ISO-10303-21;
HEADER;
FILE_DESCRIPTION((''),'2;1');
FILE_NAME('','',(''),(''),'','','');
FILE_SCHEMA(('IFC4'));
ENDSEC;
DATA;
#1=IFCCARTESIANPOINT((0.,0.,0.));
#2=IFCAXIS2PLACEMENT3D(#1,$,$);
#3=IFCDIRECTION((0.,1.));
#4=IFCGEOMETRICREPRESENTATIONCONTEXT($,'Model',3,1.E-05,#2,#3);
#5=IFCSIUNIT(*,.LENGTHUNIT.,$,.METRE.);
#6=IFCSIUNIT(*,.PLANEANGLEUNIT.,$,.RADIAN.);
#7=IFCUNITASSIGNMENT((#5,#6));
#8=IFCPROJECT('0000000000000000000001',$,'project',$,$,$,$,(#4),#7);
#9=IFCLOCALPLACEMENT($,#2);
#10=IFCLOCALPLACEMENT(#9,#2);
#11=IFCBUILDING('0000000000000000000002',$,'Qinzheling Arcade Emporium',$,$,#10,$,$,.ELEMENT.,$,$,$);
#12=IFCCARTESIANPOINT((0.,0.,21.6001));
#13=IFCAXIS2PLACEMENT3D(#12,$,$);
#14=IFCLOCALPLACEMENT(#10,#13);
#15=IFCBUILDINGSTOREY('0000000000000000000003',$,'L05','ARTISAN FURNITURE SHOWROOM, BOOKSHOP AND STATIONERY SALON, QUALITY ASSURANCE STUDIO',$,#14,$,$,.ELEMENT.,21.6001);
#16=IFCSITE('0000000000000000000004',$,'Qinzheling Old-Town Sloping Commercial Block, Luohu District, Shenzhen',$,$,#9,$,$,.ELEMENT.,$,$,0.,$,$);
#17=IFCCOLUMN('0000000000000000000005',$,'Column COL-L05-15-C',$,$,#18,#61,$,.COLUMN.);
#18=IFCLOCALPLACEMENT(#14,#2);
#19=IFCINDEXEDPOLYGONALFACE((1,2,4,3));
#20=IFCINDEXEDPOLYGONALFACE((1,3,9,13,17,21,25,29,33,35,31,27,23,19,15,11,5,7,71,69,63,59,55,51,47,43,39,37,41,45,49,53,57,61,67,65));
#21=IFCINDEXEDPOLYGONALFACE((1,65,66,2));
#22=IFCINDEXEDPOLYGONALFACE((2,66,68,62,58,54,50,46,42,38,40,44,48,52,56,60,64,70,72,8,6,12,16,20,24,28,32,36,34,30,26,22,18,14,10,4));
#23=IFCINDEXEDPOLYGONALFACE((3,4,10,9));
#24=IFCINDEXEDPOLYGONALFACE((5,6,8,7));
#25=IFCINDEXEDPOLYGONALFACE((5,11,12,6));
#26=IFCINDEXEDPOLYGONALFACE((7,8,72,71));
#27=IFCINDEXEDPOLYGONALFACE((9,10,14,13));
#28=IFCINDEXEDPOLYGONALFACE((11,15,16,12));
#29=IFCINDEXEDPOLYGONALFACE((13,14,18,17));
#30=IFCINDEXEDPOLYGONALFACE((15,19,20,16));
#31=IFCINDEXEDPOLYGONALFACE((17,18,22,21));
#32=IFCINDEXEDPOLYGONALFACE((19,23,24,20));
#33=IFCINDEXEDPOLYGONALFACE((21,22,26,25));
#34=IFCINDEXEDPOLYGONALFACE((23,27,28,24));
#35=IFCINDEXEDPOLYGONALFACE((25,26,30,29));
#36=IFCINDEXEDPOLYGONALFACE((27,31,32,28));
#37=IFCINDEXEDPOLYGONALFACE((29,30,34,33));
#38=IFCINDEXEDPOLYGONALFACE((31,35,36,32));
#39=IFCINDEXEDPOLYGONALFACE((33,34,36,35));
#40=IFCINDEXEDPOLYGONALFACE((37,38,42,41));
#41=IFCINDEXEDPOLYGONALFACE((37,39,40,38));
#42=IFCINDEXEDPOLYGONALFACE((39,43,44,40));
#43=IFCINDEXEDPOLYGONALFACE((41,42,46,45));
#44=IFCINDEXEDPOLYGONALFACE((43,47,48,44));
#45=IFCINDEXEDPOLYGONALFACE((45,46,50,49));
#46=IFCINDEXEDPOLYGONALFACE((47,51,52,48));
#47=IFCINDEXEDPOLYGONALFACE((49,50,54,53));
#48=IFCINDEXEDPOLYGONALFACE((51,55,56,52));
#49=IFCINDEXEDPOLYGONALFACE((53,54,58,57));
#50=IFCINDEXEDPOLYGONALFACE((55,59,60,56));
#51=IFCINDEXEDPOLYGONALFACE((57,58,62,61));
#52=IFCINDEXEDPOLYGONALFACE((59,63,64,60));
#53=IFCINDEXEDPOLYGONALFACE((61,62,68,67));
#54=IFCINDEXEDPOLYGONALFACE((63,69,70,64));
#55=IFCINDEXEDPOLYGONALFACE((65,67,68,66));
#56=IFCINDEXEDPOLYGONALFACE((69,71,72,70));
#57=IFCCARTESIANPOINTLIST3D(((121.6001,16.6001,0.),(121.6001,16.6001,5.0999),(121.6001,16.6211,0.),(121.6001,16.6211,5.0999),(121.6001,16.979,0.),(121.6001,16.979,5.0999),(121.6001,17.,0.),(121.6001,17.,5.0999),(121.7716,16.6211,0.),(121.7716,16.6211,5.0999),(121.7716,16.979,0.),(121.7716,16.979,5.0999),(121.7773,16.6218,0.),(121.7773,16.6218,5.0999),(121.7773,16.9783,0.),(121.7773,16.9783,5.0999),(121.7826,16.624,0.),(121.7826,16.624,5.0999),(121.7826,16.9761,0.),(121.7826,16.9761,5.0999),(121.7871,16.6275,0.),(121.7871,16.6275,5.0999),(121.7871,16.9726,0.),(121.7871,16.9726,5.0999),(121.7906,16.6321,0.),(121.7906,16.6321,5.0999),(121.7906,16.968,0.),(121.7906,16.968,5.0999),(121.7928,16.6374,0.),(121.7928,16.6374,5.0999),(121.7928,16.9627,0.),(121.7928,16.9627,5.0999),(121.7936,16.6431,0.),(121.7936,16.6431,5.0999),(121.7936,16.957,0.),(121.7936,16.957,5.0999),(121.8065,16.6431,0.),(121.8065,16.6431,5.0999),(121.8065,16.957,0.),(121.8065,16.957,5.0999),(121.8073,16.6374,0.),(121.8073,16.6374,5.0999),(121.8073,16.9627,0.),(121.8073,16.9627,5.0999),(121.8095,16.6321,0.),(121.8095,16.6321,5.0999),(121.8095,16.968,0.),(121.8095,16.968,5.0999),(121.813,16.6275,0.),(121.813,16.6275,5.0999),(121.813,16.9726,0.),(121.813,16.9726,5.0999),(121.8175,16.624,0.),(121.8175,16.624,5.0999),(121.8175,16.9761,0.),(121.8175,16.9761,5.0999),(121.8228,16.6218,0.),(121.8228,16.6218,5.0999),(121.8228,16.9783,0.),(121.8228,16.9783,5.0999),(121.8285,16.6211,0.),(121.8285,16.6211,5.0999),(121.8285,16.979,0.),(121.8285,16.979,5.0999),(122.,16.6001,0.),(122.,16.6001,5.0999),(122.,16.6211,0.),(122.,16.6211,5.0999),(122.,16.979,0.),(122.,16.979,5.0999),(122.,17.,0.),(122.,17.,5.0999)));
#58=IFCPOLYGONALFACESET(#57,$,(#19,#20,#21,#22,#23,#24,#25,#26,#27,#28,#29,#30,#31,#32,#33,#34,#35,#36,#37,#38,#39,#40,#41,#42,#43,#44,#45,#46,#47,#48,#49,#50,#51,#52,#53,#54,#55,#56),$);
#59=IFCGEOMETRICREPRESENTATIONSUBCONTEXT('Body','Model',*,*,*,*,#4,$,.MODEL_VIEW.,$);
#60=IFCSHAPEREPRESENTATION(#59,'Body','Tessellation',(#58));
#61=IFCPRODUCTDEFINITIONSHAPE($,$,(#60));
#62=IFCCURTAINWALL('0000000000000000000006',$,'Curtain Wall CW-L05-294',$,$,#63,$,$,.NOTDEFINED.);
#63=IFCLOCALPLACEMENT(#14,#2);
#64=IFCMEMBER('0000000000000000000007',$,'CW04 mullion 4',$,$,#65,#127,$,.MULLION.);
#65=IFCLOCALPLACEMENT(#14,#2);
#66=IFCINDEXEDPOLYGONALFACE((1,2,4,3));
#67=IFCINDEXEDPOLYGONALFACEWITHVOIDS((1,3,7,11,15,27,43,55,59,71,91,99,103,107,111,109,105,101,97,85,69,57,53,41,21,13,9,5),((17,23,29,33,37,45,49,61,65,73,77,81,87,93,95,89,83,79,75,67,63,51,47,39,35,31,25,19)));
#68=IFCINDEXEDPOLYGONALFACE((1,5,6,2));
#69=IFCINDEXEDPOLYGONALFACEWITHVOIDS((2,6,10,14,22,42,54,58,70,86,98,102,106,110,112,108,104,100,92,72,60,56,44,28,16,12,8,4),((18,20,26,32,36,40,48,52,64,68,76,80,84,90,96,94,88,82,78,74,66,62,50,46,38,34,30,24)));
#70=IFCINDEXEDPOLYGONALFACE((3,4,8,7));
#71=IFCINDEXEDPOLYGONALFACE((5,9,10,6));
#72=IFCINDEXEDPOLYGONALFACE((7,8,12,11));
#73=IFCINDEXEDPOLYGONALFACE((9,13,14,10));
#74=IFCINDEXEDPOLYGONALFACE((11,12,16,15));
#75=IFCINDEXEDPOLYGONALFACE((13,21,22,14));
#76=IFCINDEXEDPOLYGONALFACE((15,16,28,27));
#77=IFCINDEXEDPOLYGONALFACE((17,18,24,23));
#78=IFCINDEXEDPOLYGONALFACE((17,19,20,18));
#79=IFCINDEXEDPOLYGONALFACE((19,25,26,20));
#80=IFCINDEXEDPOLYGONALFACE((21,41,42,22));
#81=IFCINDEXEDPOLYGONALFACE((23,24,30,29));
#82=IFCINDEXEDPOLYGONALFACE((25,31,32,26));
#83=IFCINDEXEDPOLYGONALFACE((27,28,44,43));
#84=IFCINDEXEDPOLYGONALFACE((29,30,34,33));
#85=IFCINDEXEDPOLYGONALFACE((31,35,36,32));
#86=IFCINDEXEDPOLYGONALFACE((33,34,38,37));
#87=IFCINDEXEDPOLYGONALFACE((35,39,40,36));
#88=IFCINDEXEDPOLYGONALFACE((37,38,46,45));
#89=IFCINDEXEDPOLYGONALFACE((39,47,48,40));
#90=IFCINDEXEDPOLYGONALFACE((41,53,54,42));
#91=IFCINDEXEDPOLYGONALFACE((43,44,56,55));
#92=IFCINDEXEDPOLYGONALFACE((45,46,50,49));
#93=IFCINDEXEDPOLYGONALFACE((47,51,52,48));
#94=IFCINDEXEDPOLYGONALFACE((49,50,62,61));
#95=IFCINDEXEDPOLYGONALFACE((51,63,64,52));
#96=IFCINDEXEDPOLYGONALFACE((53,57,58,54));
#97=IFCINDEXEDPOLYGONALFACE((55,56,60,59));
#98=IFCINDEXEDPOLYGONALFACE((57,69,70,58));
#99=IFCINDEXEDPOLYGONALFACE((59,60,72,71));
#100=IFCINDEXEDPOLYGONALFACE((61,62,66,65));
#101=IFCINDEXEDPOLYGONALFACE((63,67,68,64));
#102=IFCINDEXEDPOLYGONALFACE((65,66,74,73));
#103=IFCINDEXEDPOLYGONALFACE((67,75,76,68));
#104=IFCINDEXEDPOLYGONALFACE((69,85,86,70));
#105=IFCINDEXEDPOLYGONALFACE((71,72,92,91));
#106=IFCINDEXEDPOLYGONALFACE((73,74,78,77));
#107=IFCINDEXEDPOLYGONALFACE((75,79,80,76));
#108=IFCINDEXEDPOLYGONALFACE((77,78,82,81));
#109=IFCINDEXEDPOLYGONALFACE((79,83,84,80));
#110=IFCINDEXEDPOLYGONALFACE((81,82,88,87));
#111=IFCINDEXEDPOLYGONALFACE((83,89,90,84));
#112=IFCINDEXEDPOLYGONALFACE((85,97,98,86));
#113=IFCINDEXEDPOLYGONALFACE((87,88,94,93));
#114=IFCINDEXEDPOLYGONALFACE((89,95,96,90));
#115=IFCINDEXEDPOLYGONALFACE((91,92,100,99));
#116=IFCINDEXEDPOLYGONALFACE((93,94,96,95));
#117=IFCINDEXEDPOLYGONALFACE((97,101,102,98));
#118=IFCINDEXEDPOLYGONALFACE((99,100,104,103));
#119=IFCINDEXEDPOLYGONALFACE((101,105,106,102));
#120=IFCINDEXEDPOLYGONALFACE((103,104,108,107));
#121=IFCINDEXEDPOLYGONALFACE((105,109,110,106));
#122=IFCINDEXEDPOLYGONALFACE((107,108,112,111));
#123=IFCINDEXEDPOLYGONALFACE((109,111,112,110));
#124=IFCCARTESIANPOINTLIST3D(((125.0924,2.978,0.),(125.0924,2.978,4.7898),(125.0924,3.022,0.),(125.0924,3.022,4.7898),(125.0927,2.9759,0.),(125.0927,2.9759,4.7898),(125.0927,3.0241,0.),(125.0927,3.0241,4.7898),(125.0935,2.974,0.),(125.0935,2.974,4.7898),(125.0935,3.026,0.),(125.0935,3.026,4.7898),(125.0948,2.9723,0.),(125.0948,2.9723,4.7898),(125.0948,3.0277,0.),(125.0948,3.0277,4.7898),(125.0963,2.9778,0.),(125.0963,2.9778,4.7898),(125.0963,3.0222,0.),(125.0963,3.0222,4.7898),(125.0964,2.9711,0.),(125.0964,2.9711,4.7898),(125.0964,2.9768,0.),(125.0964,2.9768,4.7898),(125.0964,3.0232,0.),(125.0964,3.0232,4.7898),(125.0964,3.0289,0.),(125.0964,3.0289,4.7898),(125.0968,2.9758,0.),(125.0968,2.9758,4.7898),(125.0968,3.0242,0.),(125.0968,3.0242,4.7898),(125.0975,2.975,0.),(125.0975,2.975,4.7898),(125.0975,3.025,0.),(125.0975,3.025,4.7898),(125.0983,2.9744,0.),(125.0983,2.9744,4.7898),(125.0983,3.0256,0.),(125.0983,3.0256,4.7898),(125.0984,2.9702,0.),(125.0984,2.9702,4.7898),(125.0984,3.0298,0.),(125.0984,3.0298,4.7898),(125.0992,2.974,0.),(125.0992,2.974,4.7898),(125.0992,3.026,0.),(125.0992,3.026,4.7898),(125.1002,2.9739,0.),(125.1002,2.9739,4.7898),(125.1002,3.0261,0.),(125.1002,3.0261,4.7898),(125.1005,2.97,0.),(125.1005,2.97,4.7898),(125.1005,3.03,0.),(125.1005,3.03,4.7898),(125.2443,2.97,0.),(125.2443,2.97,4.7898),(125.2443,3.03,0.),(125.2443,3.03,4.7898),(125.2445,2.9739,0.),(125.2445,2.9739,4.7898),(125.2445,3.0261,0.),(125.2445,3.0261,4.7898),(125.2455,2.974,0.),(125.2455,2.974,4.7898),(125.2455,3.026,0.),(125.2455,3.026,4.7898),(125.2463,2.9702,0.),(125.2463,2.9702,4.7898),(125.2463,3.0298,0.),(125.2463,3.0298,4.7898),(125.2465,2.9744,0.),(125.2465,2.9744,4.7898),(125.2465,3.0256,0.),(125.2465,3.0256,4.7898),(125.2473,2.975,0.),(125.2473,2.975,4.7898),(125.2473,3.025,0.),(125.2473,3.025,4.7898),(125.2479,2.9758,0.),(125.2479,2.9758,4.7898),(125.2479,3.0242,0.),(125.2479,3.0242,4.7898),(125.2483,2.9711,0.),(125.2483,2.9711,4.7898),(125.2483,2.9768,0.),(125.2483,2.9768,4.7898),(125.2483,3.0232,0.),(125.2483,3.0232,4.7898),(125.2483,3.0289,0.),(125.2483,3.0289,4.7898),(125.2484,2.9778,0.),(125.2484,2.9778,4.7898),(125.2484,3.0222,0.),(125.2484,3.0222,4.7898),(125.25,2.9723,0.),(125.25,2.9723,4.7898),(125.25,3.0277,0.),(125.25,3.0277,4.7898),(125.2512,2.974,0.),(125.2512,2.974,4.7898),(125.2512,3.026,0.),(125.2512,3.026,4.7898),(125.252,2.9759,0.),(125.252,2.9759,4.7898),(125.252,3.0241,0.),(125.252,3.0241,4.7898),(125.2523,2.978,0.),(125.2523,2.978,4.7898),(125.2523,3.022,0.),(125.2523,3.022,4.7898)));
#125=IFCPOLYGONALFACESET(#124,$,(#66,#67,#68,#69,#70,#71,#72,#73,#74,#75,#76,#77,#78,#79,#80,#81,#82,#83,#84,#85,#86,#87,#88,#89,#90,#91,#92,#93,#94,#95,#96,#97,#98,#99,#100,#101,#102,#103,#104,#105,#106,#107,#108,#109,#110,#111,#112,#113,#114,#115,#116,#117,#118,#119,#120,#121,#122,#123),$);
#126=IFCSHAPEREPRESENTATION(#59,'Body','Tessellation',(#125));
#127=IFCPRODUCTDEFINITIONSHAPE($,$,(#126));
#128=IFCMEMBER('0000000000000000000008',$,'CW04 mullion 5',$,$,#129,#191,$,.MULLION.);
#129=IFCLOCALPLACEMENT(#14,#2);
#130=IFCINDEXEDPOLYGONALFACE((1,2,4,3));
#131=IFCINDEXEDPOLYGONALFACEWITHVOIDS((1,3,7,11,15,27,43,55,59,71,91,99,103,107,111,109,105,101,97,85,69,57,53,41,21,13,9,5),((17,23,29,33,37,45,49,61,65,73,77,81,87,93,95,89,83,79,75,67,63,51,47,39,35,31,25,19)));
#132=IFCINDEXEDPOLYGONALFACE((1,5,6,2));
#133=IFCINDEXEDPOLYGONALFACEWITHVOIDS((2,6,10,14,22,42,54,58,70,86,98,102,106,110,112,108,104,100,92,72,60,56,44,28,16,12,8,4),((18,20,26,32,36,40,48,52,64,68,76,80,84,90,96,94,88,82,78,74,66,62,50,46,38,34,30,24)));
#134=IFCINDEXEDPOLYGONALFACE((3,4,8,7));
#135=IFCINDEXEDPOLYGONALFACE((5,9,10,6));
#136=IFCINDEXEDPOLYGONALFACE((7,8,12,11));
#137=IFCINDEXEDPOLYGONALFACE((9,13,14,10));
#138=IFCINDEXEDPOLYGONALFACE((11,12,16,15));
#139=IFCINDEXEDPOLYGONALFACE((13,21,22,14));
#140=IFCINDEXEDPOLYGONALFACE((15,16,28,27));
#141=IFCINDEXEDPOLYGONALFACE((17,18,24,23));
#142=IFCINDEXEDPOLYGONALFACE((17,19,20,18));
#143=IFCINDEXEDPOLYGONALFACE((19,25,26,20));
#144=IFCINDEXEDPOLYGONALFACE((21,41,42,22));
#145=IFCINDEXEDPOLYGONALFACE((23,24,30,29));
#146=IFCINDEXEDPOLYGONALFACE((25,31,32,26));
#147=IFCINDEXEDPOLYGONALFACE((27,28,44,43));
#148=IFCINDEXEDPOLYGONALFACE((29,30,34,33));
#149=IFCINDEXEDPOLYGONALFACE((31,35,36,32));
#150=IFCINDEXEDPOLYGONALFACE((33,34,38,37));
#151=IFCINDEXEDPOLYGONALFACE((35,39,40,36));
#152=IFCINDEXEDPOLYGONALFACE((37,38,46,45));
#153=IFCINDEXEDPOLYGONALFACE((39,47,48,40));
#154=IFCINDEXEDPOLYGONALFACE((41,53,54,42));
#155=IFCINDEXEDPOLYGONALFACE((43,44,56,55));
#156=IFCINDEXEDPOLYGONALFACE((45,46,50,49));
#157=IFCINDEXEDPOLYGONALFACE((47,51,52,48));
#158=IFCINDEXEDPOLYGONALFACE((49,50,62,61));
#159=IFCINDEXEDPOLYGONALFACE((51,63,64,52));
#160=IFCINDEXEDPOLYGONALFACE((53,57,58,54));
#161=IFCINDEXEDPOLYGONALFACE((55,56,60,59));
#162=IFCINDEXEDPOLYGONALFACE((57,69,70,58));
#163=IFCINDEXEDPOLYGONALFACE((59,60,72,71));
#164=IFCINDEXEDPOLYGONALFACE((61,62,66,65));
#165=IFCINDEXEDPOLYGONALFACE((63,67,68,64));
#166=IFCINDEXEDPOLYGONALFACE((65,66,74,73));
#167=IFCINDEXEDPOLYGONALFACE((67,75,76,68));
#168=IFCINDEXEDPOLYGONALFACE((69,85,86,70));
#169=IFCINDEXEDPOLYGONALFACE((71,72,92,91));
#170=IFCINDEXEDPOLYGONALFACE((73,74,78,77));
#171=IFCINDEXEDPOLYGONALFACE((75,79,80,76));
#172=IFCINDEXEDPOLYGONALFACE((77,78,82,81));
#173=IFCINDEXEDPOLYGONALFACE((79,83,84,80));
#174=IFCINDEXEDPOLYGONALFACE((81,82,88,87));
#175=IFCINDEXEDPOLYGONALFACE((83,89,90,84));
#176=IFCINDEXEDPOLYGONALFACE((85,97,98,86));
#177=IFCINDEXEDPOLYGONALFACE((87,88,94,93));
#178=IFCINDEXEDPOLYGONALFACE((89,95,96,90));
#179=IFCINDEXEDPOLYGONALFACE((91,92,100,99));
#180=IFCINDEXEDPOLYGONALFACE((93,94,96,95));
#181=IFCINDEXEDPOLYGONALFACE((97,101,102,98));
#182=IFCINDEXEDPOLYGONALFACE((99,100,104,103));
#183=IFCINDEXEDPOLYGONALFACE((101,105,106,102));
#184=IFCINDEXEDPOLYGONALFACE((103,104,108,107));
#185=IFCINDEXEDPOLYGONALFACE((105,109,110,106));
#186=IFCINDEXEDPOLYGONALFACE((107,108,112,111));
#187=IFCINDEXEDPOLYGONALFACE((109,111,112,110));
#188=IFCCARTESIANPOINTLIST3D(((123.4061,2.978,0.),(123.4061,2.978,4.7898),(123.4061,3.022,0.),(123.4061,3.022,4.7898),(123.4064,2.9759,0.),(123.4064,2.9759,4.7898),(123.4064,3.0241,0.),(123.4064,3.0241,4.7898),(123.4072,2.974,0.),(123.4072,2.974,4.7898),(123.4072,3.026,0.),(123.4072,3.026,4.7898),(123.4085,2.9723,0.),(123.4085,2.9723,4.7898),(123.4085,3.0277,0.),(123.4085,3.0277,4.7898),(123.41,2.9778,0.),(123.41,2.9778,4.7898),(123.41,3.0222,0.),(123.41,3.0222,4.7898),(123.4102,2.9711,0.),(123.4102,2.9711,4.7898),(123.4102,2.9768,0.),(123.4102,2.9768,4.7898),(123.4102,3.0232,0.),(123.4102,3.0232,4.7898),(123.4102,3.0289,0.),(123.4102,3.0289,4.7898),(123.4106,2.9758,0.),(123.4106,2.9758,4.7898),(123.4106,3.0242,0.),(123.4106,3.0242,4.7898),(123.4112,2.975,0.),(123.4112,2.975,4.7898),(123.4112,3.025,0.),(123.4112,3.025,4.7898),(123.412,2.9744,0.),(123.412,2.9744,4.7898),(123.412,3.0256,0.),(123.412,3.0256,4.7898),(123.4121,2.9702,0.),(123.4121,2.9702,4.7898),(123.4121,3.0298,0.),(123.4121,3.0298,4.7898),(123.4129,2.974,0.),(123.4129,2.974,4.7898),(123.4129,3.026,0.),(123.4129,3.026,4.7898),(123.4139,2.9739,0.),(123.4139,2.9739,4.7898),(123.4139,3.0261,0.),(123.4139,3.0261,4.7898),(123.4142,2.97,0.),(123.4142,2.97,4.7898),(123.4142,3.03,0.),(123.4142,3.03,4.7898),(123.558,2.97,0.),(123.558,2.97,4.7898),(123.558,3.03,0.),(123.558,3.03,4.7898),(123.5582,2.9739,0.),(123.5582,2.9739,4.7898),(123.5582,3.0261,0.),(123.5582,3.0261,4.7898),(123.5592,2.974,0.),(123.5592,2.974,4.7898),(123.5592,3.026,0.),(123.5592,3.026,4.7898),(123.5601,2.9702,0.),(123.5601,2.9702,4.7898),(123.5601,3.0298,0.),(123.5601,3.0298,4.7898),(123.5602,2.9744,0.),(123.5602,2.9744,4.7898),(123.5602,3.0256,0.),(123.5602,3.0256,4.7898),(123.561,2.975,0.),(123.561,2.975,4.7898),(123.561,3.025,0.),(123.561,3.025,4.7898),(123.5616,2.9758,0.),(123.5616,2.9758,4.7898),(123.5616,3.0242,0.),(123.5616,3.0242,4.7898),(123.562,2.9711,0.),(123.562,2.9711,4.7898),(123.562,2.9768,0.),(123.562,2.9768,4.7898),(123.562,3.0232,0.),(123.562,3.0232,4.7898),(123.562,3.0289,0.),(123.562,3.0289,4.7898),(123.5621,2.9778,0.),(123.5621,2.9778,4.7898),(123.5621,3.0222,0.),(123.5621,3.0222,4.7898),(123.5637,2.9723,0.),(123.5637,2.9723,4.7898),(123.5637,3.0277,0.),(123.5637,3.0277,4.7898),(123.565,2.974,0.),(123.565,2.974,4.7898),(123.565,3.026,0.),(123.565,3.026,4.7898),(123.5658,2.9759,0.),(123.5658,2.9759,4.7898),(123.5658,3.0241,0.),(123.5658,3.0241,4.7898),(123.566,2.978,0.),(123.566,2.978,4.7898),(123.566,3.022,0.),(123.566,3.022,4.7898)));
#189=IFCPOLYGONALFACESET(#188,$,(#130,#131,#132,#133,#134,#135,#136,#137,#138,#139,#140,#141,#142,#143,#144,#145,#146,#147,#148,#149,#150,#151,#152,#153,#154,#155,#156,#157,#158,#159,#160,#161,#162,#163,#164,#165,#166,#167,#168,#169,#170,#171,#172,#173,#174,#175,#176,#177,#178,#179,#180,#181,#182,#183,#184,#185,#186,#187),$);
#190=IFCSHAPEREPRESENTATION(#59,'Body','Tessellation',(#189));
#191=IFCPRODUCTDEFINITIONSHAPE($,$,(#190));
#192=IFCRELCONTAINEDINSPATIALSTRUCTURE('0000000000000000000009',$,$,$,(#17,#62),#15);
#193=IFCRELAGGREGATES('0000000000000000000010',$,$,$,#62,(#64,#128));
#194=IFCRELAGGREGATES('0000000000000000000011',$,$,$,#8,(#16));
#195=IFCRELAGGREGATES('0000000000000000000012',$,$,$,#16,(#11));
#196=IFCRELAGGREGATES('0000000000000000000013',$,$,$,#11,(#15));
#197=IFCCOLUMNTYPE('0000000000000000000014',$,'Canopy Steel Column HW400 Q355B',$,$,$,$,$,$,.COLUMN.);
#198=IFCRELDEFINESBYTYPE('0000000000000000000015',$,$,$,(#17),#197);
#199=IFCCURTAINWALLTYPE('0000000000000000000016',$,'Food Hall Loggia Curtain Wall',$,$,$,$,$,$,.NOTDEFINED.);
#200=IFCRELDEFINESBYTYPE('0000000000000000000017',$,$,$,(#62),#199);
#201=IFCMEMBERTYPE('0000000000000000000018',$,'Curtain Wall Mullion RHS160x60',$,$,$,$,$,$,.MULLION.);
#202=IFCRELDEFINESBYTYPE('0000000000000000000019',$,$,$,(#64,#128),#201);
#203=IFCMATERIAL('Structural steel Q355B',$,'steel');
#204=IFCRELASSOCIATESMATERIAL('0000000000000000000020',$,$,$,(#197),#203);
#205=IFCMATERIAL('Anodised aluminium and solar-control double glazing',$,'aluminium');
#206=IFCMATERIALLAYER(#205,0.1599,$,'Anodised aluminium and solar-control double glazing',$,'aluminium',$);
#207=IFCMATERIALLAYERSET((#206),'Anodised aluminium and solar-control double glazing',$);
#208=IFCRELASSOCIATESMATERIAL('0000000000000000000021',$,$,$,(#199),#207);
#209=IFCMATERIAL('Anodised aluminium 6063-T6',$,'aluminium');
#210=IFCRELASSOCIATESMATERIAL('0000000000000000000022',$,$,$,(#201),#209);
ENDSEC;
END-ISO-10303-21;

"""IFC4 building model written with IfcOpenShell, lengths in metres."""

from ifc_helpers import new_model, si_unit, direction, frame, origin, origin_2d, place, context, subcontext, project, spatial, hollow_rectangle, i_section, extrude, material, layer, layer_set, material_profile, profile_set, type_object, element, aggregate, save


model = new_model("IFC4")

# Units and contexts
model_context = context("Model", 3, precision=1e-05, world=origin(), true_north=direction((0.0, 1.0)))
body_context = subcontext(model_context, "Body", "Model", "MODEL_VIEW")
ifc_project = project(units=[si_unit("LENGTHUNIT", "METRE"), si_unit("PLANEANGLEUNIT", "RADIAN")], contexts=[model_context])

# Site, building, storey
site_placement = place(None, origin())
site = spatial("IfcSite", under=ifc_project, at=site_placement, Name="Qinzheling Old-Town Sloping Commercial Block, Luohu District, Shenzhen", CompositionType="ELEMENT", RefElevation=0.0)
building_placement = place(site_placement, origin())
building = spatial("IfcBuilding", under=site, at=building_placement, Name="Qinzheling Arcade Emporium", CompositionType="ELEMENT")
storey_placement = place(building_placement, frame((0.0, 0.0, 21.6001)))
storey = spatial("IfcBuildingStorey", under=building, at=storey_placement, Name="L05", Description="ARTISAN FURNITURE SHOWROOM, BOOKSHOP AND STATIONERY SALON, QUALITY ASSURANCE STUDIO", CompositionType="ELEMENT", Elevation=21.6001)

# Column
ifc_material_1 = material(Name="Structural steel Q355B", Category="steel")
ifc_material_profile_1 = material_profile(ifc_material_1, i_section(OverallWidth=0.3999, OverallDepth=0.3999, WebThickness=0.0129, FlangeThickness=0.021, FilletRadius=0.022, at=origin_2d()), Name="HW 400x400x13x21", Category="steel")
ifc_profile_set_1 = profile_set([ifc_material_profile_1], Name="Structural steel Q355B")
column_type = type_object("IfcColumnType", Name="Canopy Steel Column HW400 Q355B", PredefinedType="COLUMN", material=ifc_profile_set_1)
column_placement = place(storey_placement, frame((121.8, 16.8, 0.0), z_axis=(0.0, 0.0, 1.0), x_axis=(1.0, 0.0, 0.0)))
element("IfcColumn", 1, at=column_placement, inside=storey, type_object=column_type, Name="Column COL-L05-15-C", PredefinedType="COLUMN", context=body_context, shape_type="SweptSolid", body=[
    extrude(i_section(OverallWidth=0.3999, OverallDepth=0.3999, WebThickness=0.0129, FlangeThickness=0.021, FilletRadius=0.022, at=origin_2d()), origin(), (0.0, 0.0, 1.0), 5.0999),
])

# Curtain wall, members
ifc_material_2 = material(Name="Anodised aluminium and solar-control double glazing", Category="aluminium")
ifc_layer_1 = layer(ifc_material_2, 0.1599, Name="Anodised aluminium and solar-control double glazing", Category="aluminium")
ifc_layer_set_1 = layer_set([ifc_layer_1], Name="Anodised aluminium and solar-control double glazing")
curtain_wall_type = type_object("IfcCurtainWallType", Name="Food Hall Loggia Curtain Wall", PredefinedType="NOTDEFINED", material=ifc_layer_set_1)
curtain_wall_1_placement = place(storey_placement, origin())
curtain_wall_1 = element("IfcCurtainWall", 2, at=curtain_wall_1_placement, inside=storey, type_object=curtain_wall_type, Name="Curtain Wall CW-L05-294", PredefinedType="NOTDEFINED")
ifc_material_3 = material(Name="Anodised aluminium 6063-T6", Category="aluminium")
ifc_material_profile_2 = material_profile(ifc_material_3, hollow_rectangle(XDim=0.0601, YDim=0.1599, WallThickness=0.0039, InnerFilletRadius=0.0039, OuterFilletRadius=0.0081, at=origin_2d()), Name="RHS 160x60x4", Category="aluminium")
ifc_profile_set_2 = profile_set([ifc_material_profile_2], Name="Anodised aluminium 6063-T6")
member_type_1 = type_object("IfcMemberType", Name="Curtain Wall Mullion RHS160x60", PredefinedType="MULLION", material=ifc_profile_set_2)
member_1_placement = place(storey_placement, frame((125.1724, 3.0, 0.0), z_axis=(0.0, 0.0, 1.0), x_axis=(0.0, -1.0, 0.0)))
member_1 = element("IfcMember", 3, at=member_1_placement, type_object=member_type_1, Name="CW04 mullion 4", PredefinedType="MULLION", context=body_context, shape_type="SweptSolid", body=[
    extrude(hollow_rectangle(XDim=0.0601, YDim=0.1599, WallThickness=0.0039, InnerFilletRadius=0.0039, OuterFilletRadius=0.0081, at=origin_2d()), origin(), (0.0, 0.0, 1.0), 4.7898),
])
member_2_placement = place(storey_placement, frame((123.4861, 3.0, 0.0), z_axis=(0.0, 0.0, 1.0), x_axis=(0.0, -1.0, 0.0)))
member_2 = element("IfcMember", 4, at=member_2_placement, type_object=member_type_1, Name="CW04 mullion 5", PredefinedType="MULLION", context=body_context, shape_type="SweptSolid", body=[
    extrude(hollow_rectangle(XDim=0.0601, YDim=0.1599, WallThickness=0.0039, InnerFilletRadius=0.0039, OuterFilletRadius=0.0081, at=origin_2d()), origin(), (0.0, 0.0, 1.0), 4.7898),
])

aggregate(curtain_wall_1, [member_1, member_2])

save(model, "model.ifc")
